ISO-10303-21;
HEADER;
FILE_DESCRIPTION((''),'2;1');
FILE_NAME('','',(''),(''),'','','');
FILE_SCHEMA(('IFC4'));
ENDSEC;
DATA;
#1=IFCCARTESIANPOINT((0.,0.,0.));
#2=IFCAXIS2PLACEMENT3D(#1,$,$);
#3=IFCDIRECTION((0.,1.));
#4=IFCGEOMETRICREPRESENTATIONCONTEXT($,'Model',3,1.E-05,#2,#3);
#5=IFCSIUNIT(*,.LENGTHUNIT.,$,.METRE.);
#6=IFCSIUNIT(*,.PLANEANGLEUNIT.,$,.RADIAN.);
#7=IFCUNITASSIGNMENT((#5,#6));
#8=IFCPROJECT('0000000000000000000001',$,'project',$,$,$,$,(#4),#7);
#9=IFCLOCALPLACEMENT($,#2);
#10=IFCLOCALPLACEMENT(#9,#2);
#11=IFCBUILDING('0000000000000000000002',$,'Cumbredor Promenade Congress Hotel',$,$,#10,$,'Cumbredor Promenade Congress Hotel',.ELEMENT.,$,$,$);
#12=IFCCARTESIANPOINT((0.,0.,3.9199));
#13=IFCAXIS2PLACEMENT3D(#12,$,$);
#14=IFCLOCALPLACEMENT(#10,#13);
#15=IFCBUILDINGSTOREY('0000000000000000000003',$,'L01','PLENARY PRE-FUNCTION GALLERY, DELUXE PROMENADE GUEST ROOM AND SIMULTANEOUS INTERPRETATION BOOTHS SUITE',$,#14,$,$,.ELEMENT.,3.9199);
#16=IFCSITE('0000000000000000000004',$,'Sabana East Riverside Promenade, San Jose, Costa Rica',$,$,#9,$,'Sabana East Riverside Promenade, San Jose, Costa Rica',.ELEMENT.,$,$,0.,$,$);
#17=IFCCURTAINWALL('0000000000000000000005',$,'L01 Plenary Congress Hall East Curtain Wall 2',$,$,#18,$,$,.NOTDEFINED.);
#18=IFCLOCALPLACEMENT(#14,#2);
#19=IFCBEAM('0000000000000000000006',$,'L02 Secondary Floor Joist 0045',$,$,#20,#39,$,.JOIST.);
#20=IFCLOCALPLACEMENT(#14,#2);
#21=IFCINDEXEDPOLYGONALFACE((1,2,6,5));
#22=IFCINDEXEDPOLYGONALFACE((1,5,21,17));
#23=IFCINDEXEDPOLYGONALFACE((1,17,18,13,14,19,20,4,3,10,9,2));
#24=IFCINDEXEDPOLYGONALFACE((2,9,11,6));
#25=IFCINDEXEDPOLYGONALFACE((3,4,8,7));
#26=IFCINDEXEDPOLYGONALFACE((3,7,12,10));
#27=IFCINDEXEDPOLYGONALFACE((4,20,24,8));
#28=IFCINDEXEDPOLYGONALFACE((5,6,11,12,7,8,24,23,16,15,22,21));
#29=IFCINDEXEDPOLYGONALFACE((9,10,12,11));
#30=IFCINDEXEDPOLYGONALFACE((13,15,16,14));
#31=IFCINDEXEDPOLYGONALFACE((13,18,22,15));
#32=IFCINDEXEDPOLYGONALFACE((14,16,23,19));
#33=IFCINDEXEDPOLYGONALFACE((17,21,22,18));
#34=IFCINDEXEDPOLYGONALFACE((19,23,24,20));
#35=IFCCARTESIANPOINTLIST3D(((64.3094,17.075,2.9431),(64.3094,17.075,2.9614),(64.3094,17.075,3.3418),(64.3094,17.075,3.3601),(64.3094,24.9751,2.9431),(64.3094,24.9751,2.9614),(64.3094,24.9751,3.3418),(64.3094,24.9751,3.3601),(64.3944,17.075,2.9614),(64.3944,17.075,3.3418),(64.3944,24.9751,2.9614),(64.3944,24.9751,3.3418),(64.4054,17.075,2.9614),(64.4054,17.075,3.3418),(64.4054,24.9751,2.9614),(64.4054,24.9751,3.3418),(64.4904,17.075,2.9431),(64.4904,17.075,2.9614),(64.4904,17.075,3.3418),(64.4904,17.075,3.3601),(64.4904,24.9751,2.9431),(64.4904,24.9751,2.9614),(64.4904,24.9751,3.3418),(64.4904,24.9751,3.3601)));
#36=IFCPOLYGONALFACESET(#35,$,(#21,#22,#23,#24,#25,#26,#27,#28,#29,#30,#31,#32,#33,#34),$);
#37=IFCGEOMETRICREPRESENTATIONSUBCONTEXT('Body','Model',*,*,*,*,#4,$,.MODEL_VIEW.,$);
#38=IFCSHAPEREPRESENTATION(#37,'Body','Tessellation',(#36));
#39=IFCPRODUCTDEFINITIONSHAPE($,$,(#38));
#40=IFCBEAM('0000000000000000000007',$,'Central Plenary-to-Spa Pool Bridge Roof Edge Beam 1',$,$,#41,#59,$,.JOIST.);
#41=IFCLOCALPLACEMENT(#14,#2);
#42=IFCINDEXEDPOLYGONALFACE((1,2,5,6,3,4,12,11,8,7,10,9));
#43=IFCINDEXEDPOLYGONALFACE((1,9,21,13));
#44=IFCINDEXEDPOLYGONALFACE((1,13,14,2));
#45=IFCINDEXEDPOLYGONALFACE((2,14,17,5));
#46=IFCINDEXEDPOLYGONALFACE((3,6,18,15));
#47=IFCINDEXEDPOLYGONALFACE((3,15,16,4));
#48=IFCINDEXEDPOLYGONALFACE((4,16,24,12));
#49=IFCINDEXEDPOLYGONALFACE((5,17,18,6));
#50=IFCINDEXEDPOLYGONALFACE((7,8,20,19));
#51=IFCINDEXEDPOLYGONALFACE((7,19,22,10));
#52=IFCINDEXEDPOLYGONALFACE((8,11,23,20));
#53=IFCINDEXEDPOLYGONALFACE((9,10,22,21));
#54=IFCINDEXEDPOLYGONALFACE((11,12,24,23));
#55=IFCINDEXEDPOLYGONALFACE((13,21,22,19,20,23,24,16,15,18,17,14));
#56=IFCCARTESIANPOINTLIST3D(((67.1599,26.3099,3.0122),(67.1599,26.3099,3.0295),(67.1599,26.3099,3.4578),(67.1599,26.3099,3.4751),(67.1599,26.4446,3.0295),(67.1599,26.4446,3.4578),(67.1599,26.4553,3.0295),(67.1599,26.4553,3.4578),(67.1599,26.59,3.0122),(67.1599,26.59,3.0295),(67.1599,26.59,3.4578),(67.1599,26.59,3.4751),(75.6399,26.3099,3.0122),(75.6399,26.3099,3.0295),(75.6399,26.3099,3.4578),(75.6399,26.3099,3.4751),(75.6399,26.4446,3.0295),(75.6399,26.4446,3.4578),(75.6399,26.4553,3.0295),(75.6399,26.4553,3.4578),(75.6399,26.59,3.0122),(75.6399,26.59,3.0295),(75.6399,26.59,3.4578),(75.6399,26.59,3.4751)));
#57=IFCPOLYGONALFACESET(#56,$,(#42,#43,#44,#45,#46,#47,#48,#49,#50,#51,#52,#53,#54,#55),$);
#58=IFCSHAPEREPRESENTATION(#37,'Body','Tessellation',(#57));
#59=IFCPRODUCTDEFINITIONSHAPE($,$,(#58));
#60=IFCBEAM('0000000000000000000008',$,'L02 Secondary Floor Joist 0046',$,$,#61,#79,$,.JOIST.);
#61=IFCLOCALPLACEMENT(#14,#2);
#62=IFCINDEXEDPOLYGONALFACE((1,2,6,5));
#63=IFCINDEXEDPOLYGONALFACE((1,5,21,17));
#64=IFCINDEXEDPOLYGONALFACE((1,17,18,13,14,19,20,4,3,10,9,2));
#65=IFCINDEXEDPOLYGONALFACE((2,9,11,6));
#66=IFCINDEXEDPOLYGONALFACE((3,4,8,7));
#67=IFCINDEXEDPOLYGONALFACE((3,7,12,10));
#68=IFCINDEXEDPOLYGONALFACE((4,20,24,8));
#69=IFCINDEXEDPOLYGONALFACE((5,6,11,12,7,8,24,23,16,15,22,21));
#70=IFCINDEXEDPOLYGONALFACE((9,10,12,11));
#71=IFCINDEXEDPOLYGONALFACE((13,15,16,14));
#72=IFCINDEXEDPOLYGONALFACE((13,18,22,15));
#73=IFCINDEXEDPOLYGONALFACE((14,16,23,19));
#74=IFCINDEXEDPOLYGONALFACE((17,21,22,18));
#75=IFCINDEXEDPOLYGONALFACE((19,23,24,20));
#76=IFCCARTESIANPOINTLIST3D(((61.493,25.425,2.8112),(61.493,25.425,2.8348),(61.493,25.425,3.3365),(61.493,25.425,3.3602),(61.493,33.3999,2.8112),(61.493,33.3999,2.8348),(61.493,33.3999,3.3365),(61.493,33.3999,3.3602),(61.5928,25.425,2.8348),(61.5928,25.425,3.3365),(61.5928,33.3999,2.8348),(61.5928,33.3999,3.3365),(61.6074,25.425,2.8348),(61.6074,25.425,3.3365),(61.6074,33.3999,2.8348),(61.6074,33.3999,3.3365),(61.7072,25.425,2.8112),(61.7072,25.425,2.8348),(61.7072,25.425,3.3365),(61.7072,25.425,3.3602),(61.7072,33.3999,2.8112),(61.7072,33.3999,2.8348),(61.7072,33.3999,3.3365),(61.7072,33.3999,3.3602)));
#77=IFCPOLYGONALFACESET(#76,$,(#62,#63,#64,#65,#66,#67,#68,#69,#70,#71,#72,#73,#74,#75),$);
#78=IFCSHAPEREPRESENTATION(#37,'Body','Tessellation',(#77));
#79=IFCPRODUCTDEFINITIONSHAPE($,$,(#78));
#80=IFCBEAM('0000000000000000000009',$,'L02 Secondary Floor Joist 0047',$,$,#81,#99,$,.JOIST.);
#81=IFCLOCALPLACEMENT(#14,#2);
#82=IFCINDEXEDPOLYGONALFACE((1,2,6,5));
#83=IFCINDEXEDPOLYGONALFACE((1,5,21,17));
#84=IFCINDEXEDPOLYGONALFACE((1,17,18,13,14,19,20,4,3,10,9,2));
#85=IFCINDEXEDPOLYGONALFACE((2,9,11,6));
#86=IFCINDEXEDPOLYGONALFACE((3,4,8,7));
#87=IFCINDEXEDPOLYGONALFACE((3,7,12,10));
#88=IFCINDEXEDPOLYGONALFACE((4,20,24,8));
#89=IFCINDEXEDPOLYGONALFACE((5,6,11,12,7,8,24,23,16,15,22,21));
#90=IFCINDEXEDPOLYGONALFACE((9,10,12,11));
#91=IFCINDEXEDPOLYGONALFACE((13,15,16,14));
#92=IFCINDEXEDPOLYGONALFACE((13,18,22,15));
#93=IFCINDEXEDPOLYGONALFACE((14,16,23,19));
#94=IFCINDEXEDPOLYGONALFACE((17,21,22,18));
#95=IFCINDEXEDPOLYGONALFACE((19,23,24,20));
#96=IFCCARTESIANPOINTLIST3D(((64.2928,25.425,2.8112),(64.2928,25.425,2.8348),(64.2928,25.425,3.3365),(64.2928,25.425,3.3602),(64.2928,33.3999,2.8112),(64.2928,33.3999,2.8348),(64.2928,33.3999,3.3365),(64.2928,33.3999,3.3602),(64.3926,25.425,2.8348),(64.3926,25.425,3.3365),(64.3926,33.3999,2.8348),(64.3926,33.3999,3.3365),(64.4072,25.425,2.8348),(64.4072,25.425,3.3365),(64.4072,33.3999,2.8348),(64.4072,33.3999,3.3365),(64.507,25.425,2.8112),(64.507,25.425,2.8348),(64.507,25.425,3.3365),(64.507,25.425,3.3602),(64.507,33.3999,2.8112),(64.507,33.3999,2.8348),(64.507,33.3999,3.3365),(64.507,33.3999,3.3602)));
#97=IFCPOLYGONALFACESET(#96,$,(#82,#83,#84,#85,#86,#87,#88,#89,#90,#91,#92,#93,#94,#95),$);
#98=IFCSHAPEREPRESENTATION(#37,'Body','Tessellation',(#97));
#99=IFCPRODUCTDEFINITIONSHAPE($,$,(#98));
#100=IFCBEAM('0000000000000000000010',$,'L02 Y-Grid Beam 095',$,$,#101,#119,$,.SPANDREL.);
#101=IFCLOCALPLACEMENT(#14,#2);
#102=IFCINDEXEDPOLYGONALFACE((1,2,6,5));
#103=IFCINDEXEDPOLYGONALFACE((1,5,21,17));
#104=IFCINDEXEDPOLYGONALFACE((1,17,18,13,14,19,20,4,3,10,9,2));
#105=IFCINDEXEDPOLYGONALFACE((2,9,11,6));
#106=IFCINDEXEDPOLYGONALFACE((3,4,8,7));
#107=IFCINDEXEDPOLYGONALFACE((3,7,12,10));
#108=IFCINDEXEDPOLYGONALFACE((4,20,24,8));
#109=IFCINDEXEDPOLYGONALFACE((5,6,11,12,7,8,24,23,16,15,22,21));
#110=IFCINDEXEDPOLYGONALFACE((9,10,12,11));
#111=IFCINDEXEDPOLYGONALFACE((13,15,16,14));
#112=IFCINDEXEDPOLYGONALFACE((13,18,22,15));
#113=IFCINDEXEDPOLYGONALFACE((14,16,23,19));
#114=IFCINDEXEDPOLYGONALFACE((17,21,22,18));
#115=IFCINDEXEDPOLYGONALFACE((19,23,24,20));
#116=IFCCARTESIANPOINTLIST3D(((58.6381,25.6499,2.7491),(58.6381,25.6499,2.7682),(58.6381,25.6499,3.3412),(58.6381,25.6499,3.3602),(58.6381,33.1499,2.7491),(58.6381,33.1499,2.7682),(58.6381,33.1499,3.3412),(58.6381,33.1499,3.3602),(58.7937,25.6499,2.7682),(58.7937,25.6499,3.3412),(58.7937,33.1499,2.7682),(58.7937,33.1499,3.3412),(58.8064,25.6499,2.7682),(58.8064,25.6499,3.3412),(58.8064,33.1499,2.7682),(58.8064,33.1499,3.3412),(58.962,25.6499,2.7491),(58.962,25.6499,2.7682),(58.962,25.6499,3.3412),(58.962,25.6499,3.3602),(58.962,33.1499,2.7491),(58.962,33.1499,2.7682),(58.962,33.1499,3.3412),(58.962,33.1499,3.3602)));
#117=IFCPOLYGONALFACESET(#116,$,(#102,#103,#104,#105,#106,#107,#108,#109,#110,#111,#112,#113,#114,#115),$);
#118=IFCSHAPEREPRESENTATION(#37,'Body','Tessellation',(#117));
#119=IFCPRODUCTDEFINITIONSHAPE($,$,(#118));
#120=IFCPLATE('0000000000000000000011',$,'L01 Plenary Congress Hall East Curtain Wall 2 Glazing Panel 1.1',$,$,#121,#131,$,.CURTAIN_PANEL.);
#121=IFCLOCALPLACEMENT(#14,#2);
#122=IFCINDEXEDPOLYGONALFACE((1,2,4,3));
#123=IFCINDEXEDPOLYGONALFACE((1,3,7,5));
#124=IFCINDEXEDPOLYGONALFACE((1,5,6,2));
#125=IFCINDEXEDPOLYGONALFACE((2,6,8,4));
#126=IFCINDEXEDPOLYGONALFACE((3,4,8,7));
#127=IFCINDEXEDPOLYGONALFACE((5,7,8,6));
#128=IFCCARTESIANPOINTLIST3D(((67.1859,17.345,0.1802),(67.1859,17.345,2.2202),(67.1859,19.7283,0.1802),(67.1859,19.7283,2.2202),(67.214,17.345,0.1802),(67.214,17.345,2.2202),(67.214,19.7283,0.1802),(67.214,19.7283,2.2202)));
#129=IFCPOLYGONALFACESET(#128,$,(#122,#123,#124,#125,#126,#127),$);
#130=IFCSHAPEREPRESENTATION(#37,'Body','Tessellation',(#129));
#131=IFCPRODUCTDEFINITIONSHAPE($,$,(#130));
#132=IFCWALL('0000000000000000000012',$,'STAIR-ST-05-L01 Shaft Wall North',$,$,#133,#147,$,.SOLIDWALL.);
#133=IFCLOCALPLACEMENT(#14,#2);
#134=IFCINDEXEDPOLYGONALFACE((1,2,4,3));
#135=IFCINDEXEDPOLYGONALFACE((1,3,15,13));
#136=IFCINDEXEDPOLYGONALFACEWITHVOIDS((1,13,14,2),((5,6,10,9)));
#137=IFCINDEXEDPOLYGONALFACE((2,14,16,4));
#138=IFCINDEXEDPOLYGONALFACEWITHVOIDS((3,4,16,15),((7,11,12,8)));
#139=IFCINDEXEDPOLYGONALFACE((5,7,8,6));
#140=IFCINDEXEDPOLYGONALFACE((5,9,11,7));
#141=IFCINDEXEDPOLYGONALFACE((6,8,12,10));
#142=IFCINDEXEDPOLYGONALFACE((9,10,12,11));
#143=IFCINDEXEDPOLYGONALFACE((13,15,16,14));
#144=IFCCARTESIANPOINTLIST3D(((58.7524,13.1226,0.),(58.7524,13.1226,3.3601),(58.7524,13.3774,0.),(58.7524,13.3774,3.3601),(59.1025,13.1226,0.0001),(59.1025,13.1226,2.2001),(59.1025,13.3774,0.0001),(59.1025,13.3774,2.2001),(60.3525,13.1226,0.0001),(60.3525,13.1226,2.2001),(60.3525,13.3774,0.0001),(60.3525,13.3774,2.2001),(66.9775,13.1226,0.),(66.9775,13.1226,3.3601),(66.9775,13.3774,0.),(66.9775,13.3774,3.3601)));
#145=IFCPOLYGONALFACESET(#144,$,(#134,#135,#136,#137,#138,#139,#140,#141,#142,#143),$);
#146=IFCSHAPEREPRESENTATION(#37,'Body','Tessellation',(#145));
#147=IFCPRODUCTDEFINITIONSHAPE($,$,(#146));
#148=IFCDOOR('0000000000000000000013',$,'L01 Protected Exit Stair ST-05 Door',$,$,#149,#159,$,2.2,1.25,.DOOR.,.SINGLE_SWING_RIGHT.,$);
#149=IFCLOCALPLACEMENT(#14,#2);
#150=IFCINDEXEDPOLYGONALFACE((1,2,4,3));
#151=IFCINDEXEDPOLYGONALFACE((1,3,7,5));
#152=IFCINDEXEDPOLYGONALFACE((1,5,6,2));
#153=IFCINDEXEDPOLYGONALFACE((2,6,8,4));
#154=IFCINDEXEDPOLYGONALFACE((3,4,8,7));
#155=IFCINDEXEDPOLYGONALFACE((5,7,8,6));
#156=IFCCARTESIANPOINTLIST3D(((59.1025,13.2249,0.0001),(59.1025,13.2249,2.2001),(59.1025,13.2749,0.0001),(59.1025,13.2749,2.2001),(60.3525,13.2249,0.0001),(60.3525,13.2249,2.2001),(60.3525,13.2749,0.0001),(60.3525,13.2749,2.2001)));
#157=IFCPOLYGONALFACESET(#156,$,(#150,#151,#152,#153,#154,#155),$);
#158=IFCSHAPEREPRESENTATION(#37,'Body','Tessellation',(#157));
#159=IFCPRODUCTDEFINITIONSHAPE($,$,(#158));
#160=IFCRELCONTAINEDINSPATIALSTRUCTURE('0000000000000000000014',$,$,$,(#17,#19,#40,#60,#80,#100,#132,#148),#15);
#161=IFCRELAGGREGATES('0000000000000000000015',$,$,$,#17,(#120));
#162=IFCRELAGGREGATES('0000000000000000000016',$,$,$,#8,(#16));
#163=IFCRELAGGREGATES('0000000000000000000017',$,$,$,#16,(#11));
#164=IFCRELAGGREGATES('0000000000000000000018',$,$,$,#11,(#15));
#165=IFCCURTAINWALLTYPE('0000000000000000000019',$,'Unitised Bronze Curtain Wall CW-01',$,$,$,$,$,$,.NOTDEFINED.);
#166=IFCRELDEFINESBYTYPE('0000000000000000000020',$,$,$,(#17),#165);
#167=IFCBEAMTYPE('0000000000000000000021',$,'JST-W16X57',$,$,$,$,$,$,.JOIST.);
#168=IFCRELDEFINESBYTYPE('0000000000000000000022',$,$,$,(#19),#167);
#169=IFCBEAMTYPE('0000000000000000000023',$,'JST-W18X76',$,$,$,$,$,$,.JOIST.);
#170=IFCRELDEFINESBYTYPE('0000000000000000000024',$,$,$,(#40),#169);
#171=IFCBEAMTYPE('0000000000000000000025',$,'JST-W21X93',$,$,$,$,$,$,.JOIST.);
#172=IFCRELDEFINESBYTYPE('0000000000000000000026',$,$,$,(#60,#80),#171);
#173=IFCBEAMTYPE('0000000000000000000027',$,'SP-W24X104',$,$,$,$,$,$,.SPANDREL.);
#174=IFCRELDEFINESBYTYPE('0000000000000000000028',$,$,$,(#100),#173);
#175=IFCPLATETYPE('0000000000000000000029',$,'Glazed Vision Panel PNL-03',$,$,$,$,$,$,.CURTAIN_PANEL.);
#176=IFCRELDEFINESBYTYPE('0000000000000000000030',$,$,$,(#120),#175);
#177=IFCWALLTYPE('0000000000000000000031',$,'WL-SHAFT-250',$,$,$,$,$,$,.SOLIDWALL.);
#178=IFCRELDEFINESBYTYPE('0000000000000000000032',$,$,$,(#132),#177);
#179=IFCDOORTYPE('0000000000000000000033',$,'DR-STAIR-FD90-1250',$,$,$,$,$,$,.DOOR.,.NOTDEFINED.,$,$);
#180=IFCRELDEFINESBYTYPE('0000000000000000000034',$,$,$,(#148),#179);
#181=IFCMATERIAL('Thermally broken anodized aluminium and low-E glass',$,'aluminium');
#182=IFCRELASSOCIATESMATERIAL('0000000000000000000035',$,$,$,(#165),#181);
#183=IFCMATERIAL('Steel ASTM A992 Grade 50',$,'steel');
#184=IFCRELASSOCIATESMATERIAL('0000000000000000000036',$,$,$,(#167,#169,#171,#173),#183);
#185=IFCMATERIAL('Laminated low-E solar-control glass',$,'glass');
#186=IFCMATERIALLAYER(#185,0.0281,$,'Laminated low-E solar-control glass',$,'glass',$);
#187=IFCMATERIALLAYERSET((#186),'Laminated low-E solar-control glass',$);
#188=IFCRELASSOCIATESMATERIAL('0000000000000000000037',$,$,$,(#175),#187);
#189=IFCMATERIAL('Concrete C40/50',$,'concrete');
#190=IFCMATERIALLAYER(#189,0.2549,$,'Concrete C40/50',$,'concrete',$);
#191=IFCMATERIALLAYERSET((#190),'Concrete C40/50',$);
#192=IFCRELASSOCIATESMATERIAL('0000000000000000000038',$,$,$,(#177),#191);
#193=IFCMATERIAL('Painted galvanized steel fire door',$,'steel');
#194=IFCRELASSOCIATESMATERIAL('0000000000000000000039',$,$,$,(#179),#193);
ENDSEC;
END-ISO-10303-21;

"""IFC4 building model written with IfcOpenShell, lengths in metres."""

from ifc_helpers import new_model, si_unit, direction, frame, frame_2d, origin, origin_2d, place, context, subcontext, project, spatial, rectangle, i_section, extrude, material, layer, layer_set, material_profile, profile_set, type_object, element, fill, aggregate, save


model = new_model("IFC4")

# Units and contexts
model_context = context("Model", 3, precision=1e-05, world=origin(), true_north=direction((0.0, 1.0)))
body_context = subcontext(model_context, "Body", "Model", "MODEL_VIEW")
ifc_project = project(units=[si_unit("LENGTHUNIT", "METRE"), si_unit("PLANEANGLEUNIT", "RADIAN")], contexts=[model_context])

# Site, building, storey
site_placement = place(None, origin())
site = spatial("IfcSite", under=ifc_project, at=site_placement, Name="Sabana East Riverside Promenade, San Jose, Costa Rica", LongName="Sabana East Riverside Promenade, San Jose, Costa Rica", CompositionType="ELEMENT", RefElevation=0.0)
building_placement = place(site_placement, origin())
building = spatial("IfcBuilding", under=site, at=building_placement, Name="Cumbredor Promenade Congress Hotel", LongName="Cumbredor Promenade Congress Hotel", CompositionType="ELEMENT")
storey_placement = place(building_placement, frame((0.0, 0.0, 3.9199)))
storey = spatial("IfcBuildingStorey", under=building, at=storey_placement, Name="L01", Description="PLENARY PRE-FUNCTION GALLERY, DELUXE PROMENADE GUEST ROOM AND SIMULTANEOUS INTERPRETATION BOOTHS SUITE", CompositionType="ELEMENT", Elevation=3.9199)

# Shared definitions
ifc_material_1 = material(Name="Concrete C40/50", Category="concrete")
ifc_material_2 = material(Name="Steel ASTM A992 Grade 50", Category="steel")

# Curtain wall
ifc_material_3 = material(Name="Thermally broken anodized aluminium and low-E glass", Category="aluminium")
curtain_wall_type = type_object("IfcCurtainWallType", Name="Unitised Bronze Curtain Wall CW-01", PredefinedType="NOTDEFINED", material=ifc_material_3)
curtain_wall_placement = place(storey_placement, origin())
curtain_wall = element("IfcCurtainWall", 1, at=curtain_wall_placement, inside=storey, type_object=curtain_wall_type, Name="L01 Plenary Congress Hall East Curtain Wall 2", PredefinedType="NOTDEFINED")

# Beams
ifc_material_profile_1 = material_profile(ifc_material_2, i_section(OverallWidth=0.1809, OverallDepth=0.417, WebThickness=0.011, FlangeThickness=0.0183, at=origin_2d()), Name="W16X57")
ifc_profile_set_1 = profile_set([ifc_material_profile_1], Name="Steel ASTM A992 Grade 50")
beam_type_1 = type_object("IfcBeamType", Name="JST-W16X57", PredefinedType="JOIST", material=ifc_profile_set_1)
for number, where, z_axis, x_axis, name in (
    (2, (64.3999, 17.075, 3.1516), (0.0, 1.0, 0.0), (-1.0, 0.0, 0.0), "L02 Secondary Floor Joist 0045"),
):
    element("IfcBeam", number, at=place(storey_placement, frame(where, z_axis=z_axis, x_axis=x_axis)), inside=storey, type_object=beam_type_1, Name=name, PredefinedType="JOIST", context=body_context, shape_type="SweptSolid", body=[
        extrude(i_section(OverallWidth=0.1809, OverallDepth=0.417, WebThickness=0.011, FlangeThickness=0.0183, at=origin_2d()), origin(), (0.0, 0.0, 1.0), 7.9001),
    ])
ifc_material_profile_2 = material_profile(ifc_material_2, i_section(OverallWidth=0.28, OverallDepth=0.4629, WebThickness=0.0107, FlangeThickness=0.0173, at=origin_2d()), Name="W18X76")
ifc_profile_set_2 = profile_set([ifc_material_profile_2], Name="Steel ASTM A992 Grade 50")
beam_type_2 = type_object("IfcBeamType", Name="JST-W18X76", PredefinedType="JOIST", material=ifc_profile_set_2)
beam_1_placement = place(storey_placement, frame((67.1599, 26.45, 3.2437), z_axis=(1.0, 0.0, 0.0), x_axis=(0.0, 1.0, 0.0)))
element("IfcBeam", 3, at=beam_1_placement, inside=storey, type_object=beam_type_2, Name="Central Plenary-to-Spa Pool Bridge Roof Edge Beam 1", PredefinedType="JOIST", context=body_context, shape_type="SweptSolid", body=[
    extrude(i_section(OverallWidth=0.28, OverallDepth=0.4629, WebThickness=0.0107, FlangeThickness=0.0173, at=origin_2d()), origin(), (0.0, 0.0, 1.0), 8.48),
])
ifc_material_profile_3 = material_profile(ifc_material_2, i_section(OverallWidth=0.2141, OverallDepth=0.5491, WebThickness=0.0146, FlangeThickness=0.0237, at=origin_2d()), Name="W21X93")
ifc_profile_set_3 = profile_set([ifc_material_profile_3], Name="Steel ASTM A992 Grade 50")
beam_type_3 = type_object("IfcBeamType", Name="JST-W21X93", PredefinedType="JOIST", material=ifc_profile_set_3)
for number, where, z_axis, x_axis, name in (
    (4, (61.6001, 25.425, 3.0857), (0.0, 1.0, 0.0), (-1.0, 0.0, 0.0), "L02 Secondary Floor Joist 0046"),
    (5, (64.3999, 25.425, 3.0857), (0.0, 1.0, 0.0), (-1.0, 0.0, 0.0), "L02 Secondary Floor Joist 0047"),
):
    element("IfcBeam", number, at=place(storey_placement, frame(where, z_axis=z_axis, x_axis=x_axis)), inside=storey, type_object=beam_type_3, Name=name, PredefinedType="JOIST", context=body_context, shape_type="SweptSolid", body=[
        extrude(i_section(OverallWidth=0.2141, OverallDepth=0.5491, WebThickness=0.0146, FlangeThickness=0.0237, at=origin_2d()), origin(), (0.0, 0.0, 1.0), 7.9749),
    ])
ifc_material_profile_4 = material_profile(ifc_material_2, i_section(OverallWidth=0.324, OverallDepth=0.6111, WebThickness=0.0127, FlangeThickness=0.019, at=origin_2d()), Name="W24X104")
ifc_profile_set_4 = profile_set([ifc_material_profile_4], Name="Steel ASTM A992 Grade 50")
beam_type_4 = type_object("IfcBeamType", Name="SP-W24X104", PredefinedType="SPANDREL", material=ifc_profile_set_4)
beam_2_placement = place(storey_placement, frame((58.8, 25.6499, 3.0547), z_axis=(0.0, 1.0, 0.0), x_axis=(-1.0, 0.0, 0.0)))
element("IfcBeam", 6, at=beam_2_placement, inside=storey, type_object=beam_type_4, Name="L02 Y-Grid Beam 095", PredefinedType="SPANDREL", context=body_context, shape_type="SweptSolid", body=[
    extrude(i_section(OverallWidth=0.324, OverallDepth=0.6111, WebThickness=0.0127, FlangeThickness=0.019, at=origin_2d()), origin(), (0.0, 0.0, 1.0), 7.5),
])

# Plate
ifc_material_4 = material(Name="Laminated low-E solar-control glass", Category="glass")
ifc_layer_1 = layer(ifc_material_4, 0.0281, Name="Laminated low-E solar-control glass", Category="glass")
ifc_layer_set_1 = layer_set([ifc_layer_1], Name="Laminated low-E solar-control glass")
plate_type = type_object("IfcPlateType", Name="Glazed Vision Panel PNL-03", PredefinedType="CURTAIN_PANEL", material=ifc_layer_set_1)
plate_placement = place(storey_placement, frame((67.2, 18.5366, 0.1802), z_axis=(0.0, 0.0, 1.0), x_axis=(0.0, 1.0, 0.0)))
plate = element("IfcPlate", 7, at=plate_placement, type_object=plate_type, Name="L01 Plenary Congress Hall East Curtain Wall 2 Glazing Panel 1.1", PredefinedType="CURTAIN_PANEL", context=body_context, shape_type="SweptSolid", body=[
    extrude(rectangle(XDim=2.3833, YDim=0.0281, at=origin_2d()), origin(), (0.0, 0.0, 1.0), 2.04),
])
aggregate(curtain_wall, [plate])

# Wall, opening, door
ifc_layer_2 = layer(ifc_material_1, 0.2549, Name="Concrete C40/50", Category="concrete")
ifc_layer_set_2 = layer_set([ifc_layer_2], Name="Concrete C40/50")
wall_type = type_object("IfcWallType", Name="WL-SHAFT-250", PredefinedType="SOLIDWALL", material=ifc_layer_set_2)
wall_placement = place(storey_placement, frame((58.7524, 13.25, 0.0), z_axis=(0.0, 0.0, 1.0), x_axis=(1.0, 0.0, 0.0)))
wall = element("IfcWall", 8, at=wall_placement, inside=storey, type_object=wall_type, Name="STAIR-ST-05-L01 Shaft Wall North", PredefinedType="SOLIDWALL", context=body_context, shape_type="SweptSolid", body=[
    extrude(rectangle(XDim=8.2251, YDim=0.2549, at=frame_2d((4.1125, 0.0))), origin(), (0.0, 0.0, 1.0), 3.3601),
])
opening_placement = place(wall_placement, frame((0.3501, 0.0, 0.0)))
opening = element("IfcOpeningElement", 9, at=opening_placement, cuts=wall, PredefinedType="OPENING", context=body_context, shape_type="SweptSolid", body=[
    extrude(rectangle(XDim=1.25, YDim=2.2, at=frame_2d((0.625, 1.1001))), frame((0.0, 0.1375, 0.0), z_axis=(0.0, -1.0, 0.0), x_axis=(1.0, 0.0, 0.0)), (0.0, 0.0, 1.0), 0.2749),
])
ifc_material_5 = material(Name="Painted galvanized steel fire door", Category="steel")
door_type = type_object("IfcDoorType", Name="DR-STAIR-FD90-1250", OperationType="NOTDEFINED", PredefinedType="DOOR", material=ifc_material_5)
door_placement = place(opening_placement, origin())
door = element("IfcDoor", 10, at=door_placement, inside=storey, type_object=door_type, Name="L01 Protected Exit Stair ST-05 Door", OperationType="SINGLE_SWING_RIGHT", OverallHeight=2.2, OverallWidth=1.25, PredefinedType="DOOR", context=body_context, shape_type="SweptSolid", body=[
    extrude(rectangle(XDim=1.25, YDim=2.2, at=frame_2d((0.625, 1.1001))), frame((0.0, 0.0249, 0.0), z_axis=(0.0, -1.0, 0.0), x_axis=(1.0, 0.0, 0.0)), (0.0, 0.0, 1.0), 0.05),
])
fill(opening, door)

save(model, "model.ifc")
